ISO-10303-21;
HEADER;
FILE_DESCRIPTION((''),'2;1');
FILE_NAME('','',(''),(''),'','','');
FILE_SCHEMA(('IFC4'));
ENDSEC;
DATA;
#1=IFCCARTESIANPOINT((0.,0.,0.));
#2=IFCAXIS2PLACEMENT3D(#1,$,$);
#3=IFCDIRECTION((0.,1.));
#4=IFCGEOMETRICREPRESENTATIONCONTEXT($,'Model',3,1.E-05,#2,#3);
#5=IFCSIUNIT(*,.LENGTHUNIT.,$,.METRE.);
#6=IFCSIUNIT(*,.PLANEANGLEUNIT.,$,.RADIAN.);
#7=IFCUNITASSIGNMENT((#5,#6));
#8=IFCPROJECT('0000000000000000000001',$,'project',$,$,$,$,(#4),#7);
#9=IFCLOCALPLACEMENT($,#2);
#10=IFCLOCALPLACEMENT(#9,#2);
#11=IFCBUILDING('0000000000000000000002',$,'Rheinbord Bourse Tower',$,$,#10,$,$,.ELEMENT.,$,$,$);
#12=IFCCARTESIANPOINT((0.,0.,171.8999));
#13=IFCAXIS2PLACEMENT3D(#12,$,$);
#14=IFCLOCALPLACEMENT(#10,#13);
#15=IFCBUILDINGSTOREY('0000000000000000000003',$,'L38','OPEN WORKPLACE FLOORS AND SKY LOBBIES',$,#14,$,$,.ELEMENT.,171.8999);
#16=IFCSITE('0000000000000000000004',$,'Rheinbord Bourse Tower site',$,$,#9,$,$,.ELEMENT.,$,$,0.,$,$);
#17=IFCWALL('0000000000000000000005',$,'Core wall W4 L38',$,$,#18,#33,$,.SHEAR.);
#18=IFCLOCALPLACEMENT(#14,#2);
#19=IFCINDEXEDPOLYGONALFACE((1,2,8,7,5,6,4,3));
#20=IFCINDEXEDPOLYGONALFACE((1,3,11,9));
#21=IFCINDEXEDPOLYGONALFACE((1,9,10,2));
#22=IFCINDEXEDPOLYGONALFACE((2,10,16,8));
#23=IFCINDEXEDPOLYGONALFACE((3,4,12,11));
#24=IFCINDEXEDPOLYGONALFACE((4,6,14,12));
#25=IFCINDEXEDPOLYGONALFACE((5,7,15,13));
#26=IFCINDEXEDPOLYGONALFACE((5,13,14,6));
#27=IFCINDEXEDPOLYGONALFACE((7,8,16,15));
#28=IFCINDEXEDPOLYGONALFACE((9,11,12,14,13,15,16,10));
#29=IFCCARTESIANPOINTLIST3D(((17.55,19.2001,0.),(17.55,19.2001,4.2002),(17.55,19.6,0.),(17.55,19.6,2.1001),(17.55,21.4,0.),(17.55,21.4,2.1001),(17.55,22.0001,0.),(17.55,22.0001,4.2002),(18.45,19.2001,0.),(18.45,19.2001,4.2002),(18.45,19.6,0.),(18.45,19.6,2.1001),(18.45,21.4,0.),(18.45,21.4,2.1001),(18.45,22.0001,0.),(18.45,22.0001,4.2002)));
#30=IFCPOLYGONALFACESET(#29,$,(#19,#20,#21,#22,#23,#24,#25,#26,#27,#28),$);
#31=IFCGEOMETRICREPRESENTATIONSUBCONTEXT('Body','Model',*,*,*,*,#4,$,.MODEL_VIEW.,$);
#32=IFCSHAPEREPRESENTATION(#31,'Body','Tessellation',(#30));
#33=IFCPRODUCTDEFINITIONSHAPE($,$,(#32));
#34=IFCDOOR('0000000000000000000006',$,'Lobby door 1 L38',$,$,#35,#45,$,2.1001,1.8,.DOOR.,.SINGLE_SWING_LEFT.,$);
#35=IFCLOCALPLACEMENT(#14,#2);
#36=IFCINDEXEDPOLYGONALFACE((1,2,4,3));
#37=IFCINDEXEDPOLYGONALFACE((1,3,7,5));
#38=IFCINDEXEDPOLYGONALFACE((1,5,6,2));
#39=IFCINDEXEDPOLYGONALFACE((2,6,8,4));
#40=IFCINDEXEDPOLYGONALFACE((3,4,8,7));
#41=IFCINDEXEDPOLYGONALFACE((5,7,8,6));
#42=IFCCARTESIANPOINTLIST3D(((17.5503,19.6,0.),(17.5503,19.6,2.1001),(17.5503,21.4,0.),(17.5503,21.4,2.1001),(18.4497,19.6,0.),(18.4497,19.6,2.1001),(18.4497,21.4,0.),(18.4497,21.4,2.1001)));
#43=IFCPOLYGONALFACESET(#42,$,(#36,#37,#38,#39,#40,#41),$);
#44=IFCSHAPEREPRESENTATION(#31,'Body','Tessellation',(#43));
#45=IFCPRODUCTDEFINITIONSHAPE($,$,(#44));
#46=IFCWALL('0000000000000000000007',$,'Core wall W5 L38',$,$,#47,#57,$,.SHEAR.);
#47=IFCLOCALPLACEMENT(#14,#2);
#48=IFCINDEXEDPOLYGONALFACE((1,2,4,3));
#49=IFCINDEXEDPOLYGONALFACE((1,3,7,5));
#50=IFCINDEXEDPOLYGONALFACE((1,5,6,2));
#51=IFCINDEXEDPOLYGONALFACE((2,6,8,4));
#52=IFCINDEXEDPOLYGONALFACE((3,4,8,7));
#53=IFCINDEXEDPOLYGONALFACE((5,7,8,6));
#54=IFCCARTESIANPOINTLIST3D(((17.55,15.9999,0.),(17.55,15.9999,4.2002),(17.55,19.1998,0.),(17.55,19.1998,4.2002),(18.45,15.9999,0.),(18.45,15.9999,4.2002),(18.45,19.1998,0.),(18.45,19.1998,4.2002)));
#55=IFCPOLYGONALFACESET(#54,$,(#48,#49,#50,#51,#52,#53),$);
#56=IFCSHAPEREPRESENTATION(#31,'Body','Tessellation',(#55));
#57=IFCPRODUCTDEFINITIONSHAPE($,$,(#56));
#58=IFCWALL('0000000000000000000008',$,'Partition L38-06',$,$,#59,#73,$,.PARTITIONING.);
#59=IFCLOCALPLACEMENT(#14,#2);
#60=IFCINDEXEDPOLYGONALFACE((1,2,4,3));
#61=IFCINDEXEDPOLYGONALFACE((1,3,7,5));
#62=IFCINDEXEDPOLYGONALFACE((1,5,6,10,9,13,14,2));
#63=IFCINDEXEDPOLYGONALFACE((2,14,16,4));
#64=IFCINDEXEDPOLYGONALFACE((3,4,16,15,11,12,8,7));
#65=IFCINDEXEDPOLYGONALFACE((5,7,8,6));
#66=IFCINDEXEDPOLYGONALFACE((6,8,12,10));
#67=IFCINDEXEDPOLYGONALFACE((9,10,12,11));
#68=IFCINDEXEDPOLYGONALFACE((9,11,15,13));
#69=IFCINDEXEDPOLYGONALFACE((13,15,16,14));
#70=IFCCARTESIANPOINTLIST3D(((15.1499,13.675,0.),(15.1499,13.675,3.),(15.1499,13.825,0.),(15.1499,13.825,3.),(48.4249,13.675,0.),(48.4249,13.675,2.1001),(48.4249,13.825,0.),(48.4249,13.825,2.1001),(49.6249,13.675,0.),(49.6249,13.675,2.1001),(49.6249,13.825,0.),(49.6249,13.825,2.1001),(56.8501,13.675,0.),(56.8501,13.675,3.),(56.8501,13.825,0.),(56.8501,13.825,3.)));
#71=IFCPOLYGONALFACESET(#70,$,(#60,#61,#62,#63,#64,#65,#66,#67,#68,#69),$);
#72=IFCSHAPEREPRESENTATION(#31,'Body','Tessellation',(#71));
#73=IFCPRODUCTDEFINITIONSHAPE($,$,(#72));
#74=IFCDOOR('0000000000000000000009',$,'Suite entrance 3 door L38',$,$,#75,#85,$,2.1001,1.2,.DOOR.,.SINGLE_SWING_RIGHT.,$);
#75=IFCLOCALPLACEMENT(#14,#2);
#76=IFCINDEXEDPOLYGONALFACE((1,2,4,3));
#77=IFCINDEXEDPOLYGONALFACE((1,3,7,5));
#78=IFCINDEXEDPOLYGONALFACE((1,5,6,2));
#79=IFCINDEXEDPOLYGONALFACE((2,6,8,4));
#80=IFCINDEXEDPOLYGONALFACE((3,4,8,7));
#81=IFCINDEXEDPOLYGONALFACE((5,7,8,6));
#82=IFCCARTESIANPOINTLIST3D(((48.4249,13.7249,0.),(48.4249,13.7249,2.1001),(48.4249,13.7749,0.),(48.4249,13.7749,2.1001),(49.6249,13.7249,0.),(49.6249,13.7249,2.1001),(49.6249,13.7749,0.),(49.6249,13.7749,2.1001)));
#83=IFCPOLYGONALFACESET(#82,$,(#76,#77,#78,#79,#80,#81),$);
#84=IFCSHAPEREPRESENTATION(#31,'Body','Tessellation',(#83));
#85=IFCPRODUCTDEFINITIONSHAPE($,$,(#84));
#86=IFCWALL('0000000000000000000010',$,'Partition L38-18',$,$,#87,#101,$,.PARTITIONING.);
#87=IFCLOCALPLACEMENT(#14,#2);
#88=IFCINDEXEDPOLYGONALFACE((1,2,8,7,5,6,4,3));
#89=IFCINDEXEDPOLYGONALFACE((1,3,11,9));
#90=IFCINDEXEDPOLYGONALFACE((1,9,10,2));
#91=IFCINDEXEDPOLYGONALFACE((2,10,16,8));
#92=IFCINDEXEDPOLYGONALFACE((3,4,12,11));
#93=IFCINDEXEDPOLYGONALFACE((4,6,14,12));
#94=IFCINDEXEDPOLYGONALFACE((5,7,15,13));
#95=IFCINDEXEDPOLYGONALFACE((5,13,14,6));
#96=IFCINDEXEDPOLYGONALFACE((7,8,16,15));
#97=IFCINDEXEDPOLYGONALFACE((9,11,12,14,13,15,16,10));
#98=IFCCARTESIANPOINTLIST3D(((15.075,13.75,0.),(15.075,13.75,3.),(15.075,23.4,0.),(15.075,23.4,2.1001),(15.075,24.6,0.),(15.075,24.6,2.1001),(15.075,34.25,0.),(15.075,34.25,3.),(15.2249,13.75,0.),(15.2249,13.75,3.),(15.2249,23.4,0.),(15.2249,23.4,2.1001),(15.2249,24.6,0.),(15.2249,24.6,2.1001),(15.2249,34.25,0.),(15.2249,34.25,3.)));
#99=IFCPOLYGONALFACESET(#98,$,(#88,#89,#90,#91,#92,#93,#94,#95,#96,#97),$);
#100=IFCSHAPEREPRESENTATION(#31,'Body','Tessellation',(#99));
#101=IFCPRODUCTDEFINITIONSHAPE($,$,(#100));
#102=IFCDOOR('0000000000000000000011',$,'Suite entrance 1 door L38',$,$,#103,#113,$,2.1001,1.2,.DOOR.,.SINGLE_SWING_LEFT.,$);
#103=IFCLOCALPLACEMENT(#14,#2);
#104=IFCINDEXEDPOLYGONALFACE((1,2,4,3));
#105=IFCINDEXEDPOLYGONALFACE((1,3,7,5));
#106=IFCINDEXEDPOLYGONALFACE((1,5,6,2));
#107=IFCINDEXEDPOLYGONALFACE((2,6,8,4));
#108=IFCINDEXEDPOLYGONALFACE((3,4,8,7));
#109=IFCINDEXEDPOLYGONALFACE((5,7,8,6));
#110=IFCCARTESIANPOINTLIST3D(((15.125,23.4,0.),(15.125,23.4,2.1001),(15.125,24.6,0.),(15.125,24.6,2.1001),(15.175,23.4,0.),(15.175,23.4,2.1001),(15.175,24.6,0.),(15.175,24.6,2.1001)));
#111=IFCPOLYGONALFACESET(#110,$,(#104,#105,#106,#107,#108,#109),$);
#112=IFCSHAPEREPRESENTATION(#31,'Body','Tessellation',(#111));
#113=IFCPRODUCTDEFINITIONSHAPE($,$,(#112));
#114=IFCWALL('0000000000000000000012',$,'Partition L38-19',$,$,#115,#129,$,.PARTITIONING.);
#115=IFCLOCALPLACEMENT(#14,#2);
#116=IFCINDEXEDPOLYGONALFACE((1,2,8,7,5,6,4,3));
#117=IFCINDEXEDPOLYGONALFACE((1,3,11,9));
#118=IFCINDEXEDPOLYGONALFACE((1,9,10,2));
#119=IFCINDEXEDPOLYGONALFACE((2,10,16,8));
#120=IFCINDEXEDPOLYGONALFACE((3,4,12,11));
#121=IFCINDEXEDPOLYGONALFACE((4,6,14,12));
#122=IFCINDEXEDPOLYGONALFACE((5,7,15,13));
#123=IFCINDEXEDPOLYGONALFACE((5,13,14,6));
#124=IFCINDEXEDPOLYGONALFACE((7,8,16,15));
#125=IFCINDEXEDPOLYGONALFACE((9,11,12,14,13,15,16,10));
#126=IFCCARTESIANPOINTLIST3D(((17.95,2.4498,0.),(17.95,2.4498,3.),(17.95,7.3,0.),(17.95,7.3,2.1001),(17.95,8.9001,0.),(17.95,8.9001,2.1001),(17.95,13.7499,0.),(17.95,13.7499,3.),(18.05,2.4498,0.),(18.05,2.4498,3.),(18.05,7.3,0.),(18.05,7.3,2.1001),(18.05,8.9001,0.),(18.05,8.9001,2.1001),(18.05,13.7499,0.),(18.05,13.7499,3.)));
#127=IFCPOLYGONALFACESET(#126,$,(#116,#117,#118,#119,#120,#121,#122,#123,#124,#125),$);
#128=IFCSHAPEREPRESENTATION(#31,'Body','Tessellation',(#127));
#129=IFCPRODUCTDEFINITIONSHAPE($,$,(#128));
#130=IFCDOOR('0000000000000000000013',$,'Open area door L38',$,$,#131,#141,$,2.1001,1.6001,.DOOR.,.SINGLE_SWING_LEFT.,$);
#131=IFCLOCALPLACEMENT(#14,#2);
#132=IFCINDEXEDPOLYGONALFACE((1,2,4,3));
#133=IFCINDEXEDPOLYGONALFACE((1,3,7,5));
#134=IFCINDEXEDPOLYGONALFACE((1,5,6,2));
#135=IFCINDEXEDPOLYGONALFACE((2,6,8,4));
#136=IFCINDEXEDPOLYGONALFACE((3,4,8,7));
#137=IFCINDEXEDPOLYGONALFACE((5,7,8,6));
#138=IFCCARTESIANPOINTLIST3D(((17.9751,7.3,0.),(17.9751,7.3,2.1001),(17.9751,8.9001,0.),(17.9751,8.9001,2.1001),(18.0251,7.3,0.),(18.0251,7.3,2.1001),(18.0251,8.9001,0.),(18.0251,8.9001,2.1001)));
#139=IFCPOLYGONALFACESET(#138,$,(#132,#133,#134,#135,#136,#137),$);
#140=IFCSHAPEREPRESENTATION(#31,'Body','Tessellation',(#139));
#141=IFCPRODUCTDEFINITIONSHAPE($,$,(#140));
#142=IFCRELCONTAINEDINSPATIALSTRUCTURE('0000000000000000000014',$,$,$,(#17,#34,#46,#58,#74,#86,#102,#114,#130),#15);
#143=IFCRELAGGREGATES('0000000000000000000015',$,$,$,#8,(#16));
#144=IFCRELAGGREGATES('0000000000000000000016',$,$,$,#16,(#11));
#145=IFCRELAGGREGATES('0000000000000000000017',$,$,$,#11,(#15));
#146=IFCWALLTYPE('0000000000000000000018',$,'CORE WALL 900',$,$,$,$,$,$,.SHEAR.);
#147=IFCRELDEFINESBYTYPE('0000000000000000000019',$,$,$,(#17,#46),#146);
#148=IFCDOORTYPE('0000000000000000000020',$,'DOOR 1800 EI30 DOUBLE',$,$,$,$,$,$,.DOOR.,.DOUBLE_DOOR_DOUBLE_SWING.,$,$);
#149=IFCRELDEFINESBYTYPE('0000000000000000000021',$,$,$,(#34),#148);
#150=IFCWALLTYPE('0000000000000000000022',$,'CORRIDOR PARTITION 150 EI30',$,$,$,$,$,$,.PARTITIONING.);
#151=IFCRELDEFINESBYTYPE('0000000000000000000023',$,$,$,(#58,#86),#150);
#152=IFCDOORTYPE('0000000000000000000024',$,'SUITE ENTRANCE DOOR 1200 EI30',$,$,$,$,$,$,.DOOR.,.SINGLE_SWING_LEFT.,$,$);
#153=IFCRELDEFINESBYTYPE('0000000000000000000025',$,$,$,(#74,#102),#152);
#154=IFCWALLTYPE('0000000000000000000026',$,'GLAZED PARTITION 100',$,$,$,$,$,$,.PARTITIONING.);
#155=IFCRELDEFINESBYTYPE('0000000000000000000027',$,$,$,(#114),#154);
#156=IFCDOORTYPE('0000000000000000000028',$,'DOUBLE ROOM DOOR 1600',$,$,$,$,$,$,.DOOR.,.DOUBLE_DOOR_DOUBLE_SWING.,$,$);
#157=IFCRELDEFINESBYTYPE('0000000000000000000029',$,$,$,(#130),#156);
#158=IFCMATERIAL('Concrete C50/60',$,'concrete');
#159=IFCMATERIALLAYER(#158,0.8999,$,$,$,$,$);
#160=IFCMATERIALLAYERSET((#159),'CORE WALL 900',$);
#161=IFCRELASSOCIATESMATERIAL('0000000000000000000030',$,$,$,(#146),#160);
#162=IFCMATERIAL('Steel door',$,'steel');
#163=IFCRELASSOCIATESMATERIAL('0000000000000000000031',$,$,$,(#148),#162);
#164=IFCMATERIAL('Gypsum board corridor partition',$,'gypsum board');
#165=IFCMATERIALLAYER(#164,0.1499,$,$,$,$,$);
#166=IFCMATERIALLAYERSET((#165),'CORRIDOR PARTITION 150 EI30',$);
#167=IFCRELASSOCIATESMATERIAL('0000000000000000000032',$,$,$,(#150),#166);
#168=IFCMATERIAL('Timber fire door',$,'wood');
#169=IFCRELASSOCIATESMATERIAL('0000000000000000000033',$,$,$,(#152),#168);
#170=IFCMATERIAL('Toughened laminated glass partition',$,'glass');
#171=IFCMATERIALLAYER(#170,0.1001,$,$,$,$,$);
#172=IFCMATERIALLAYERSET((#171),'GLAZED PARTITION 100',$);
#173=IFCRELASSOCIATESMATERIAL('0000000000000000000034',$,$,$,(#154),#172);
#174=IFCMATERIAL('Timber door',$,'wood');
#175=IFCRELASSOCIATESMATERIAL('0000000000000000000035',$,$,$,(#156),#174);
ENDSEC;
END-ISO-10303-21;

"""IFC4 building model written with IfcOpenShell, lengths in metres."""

from ifc_helpers import new_model, si_unit, direction, frame, frame_2d, origin, place, context, subcontext, project, spatial, rectangle, extrude, material, layer, layer_set, type_object, element, fill, save


model = new_model("IFC4")

# Units and contexts
model_context = context("Model", 3, precision=1e-05, world=origin(), true_north=direction((0.0, 1.0)))
body_context = subcontext(model_context, "Body", "Model", "MODEL_VIEW")
ifc_project = project(units=[si_unit("LENGTHUNIT", "METRE"), si_unit("PLANEANGLEUNIT", "RADIAN")], contexts=[model_context])

# Site, building, storey
site_placement = place(None, origin())
site = spatial("IfcSite", under=ifc_project, at=site_placement, Name="Rheinbord Bourse Tower site", CompositionType="ELEMENT", RefElevation=0.0)
building_placement = place(site_placement, origin())
building = spatial("IfcBuilding", under=site, at=building_placement, Name="Rheinbord Bourse Tower", CompositionType="ELEMENT")
storey_placement = place(building_placement, frame((0.0, 0.0, 171.8999)))
storey = spatial("IfcBuildingStorey", under=building, at=storey_placement, Name="L38", Description="OPEN WORKPLACE FLOORS AND SKY LOBBIES", CompositionType="ELEMENT", Elevation=171.8999)

# Shared definitions
ifc_material_1 = material(Name="Concrete C50/60", Category="concrete")
ifc_layer_1 = layer(ifc_material_1, 0.8999)
ifc_layer_set_1 = layer_set([ifc_layer_1], Name="CORE WALL 900")
wall_type_1 = type_object("IfcWallType", Name="CORE WALL 900", PredefinedType="SHEAR", material=ifc_layer_set_1)

# Wall, opening, door
wall_1_placement = place(storey_placement, frame((18.0, 22.0, 0.0), z_axis=(0.0, 0.0, 1.0), x_axis=(0.0, -1.0, 0.0)))
wall_1 = element("IfcWall", 1, at=wall_1_placement, inside=storey, type_object=wall_type_1, Name="Core wall W4 L38", PredefinedType="SHEAR", context=body_context, shape_type="SweptSolid", body=[
    extrude(rectangle(XDim=2.8, YDim=0.8999, at=frame_2d((1.3999, 0.0))), origin(), (0.0, 0.0, 1.0), 4.2002),
])
opening_1_placement = place(wall_1_placement, frame((0.6001, 0.0, 0.0)))
opening_1 = element("IfcOpeningElement", 2, at=opening_1_placement, cuts=wall_1, PredefinedType="OPENING", context=body_context, shape_type="SweptSolid", body=[
    extrude(rectangle(XDim=1.8, YDim=2.1001, at=frame_2d((0.8999, 1.05))), frame((0.0, 0.46, 0.0), z_axis=(0.0, -1.0, 0.0), x_axis=(1.0, 0.0, 0.0)), (0.0, 0.0, 1.0), 0.9199),
])
ifc_material_2 = material(Name="Steel door", Category="steel")
door_type_1 = type_object("IfcDoorType", Name="DOOR 1800 EI30 DOUBLE", OperationType="DOUBLE_DOOR_DOUBLE_SWING", PredefinedType="DOOR", material=ifc_material_2)
door_1_placement = place(opening_1_placement, origin())
door_1 = element("IfcDoor", 3, at=door_1_placement, inside=storey, type_object=door_type_1, Name="Lobby door 1 L38", OperationType="SINGLE_SWING_LEFT", OverallHeight=2.1001, OverallWidth=1.8, PredefinedType="DOOR", context=body_context, shape_type="SweptSolid", body=[
    extrude(rectangle(XDim=1.8, YDim=2.1001, at=frame_2d((0.8999, 1.05))), frame((0.0, 0.4497, 0.0), z_axis=(0.0, -1.0, 0.0), x_axis=(1.0, 0.0, 0.0)), (0.0, 0.0, 1.0), 0.8994),
])
fill(opening_1, door_1)

# Wall
wall_2_placement = place(storey_placement, frame((18.0, 19.2, 0.0), z_axis=(0.0, 0.0, 1.0), x_axis=(0.0, -1.0, 0.0)))
element("IfcWall", 4, at=wall_2_placement, inside=storey, type_object=wall_type_1, Name="Core wall W5 L38", PredefinedType="SHEAR", context=body_context, shape_type="SweptSolid", body=[
    extrude(rectangle(XDim=3.2, YDim=0.8999, at=frame_2d((1.6001, 0.0))), origin(), (0.0, 0.0, 1.0), 4.2002),
])

# Walls, openings, doors
ifc_material_3 = material(Name="Gypsum board corridor partition", Category="gypsum board")
ifc_layer_2 = layer(ifc_material_3, 0.1499)
ifc_layer_set_2 = layer_set([ifc_layer_2], Name="CORRIDOR PARTITION 150 EI30")
wall_type_2 = type_object("IfcWallType", Name="CORRIDOR PARTITION 150 EI30", PredefinedType="PARTITIONING", material=ifc_layer_set_2)
wall_3_placement = place(storey_placement, frame((15.1499, 13.75, 0.0), z_axis=(0.0, 0.0, 1.0), x_axis=(1.0, 0.0, 0.0)))
wall_3 = element("IfcWall", 5, at=wall_3_placement, inside=storey, type_object=wall_type_2, Name="Partition L38-06", PredefinedType="PARTITIONING", context=body_context, shape_type="SweptSolid", body=[
    extrude(rectangle(XDim=41.7002, YDim=0.1499, at=frame_2d((20.8501, 0.0))), origin(), (0.0, 0.0, 1.0), 3.0),
])
opening_2_placement = place(wall_3_placement, frame((33.2749, 0.0, 0.0)))
opening_2 = element("IfcOpeningElement", 6, at=opening_2_placement, cuts=wall_3, PredefinedType="OPENING", context=body_context, shape_type="SweptSolid", body=[
    extrude(rectangle(XDim=1.2, YDim=2.1001, at=frame_2d((0.6001, 1.05))), frame((0.0, 0.085, 0.0), z_axis=(0.0, -1.0, 0.0), x_axis=(1.0, 0.0, 0.0)), (0.0, 0.0, 1.0), 0.1699),
])
ifc_material_4 = material(Name="Timber fire door", Category="wood")
door_type_2 = type_object("IfcDoorType", Name="SUITE ENTRANCE DOOR 1200 EI30", OperationType="SINGLE_SWING_LEFT", PredefinedType="DOOR", material=ifc_material_4)
door_2_placement = place(opening_2_placement, origin())
door_2 = element("IfcDoor", 7, at=door_2_placement, inside=storey, type_object=door_type_2, Name="Suite entrance 3 door L38", OperationType="SINGLE_SWING_RIGHT", OverallHeight=2.1001, OverallWidth=1.2, PredefinedType="DOOR", context=body_context, shape_type="SweptSolid", body=[
    extrude(rectangle(XDim=1.2, YDim=2.1001, at=frame_2d((0.6001, 1.05))), frame((0.0, 0.0249, 0.0), z_axis=(0.0, -1.0, 0.0), x_axis=(1.0, 0.0, 0.0)), (0.0, 0.0, 1.0), 0.05),
])
fill(opening_2, door_2)
wall_4_placement = place(storey_placement, frame((15.1499, 13.75, 0.0), z_axis=(0.0, 0.0, 1.0), x_axis=(0.0, 1.0, 0.0)))
wall_4 = element("IfcWall", 8, at=wall_4_placement, inside=storey, type_object=wall_type_2, Name="Partition L38-18", PredefinedType="PARTITIONING", context=body_context, shape_type="SweptSolid", body=[
    extrude(rectangle(XDim=20.5, YDim=0.1499, at=frame_2d((10.25, 0.0))), origin(), (0.0, 0.0, 1.0), 3.0),
])
opening_3_placement = place(wall_4_placement, frame((9.6499, 0.0, 0.0)))
opening_3 = element("IfcOpeningElement", 9, at=opening_3_placement, cuts=wall_4, PredefinedType="OPENING", context=body_context, shape_type="SweptSolid", body=[
    extrude(rectangle(XDim=1.2, YDim=2.1001, at=frame_2d((0.6001, 1.05))), frame((0.0, 0.085, 0.0), z_axis=(0.0, -1.0, 0.0), x_axis=(1.0, 0.0, 0.0)), (0.0, 0.0, 1.0), 0.1699),
])
door_3_placement = place(opening_3_placement, origin())
door_3 = element("IfcDoor", 10, at=door_3_placement, inside=storey, type_object=door_type_2, Name="Suite entrance 1 door L38", OperationType="SINGLE_SWING_LEFT", OverallHeight=2.1001, OverallWidth=1.2, PredefinedType="DOOR", context=body_context, shape_type="SweptSolid", body=[
    extrude(rectangle(XDim=1.2, YDim=2.1001, at=frame_2d((0.6001, 1.05))), frame((0.0, 0.0249, 0.0), z_axis=(0.0, -1.0, 0.0), x_axis=(1.0, 0.0, 0.0)), (0.0, 0.0, 1.0), 0.05),
])
fill(opening_3, door_3)
ifc_material_5 = material(Name="Toughened laminated glass partition", Category="glass")
ifc_layer_3 = layer(ifc_material_5, 0.1001)
ifc_layer_set_3 = layer_set([ifc_layer_3], Name="GLAZED PARTITION 100")
wall_type_3 = type_object("IfcWallType", Name="GLAZED PARTITION 100", PredefinedType="PARTITIONING", material=ifc_layer_set_3)
wall_5_placement = place(storey_placement, frame((18.0, 2.45, 0.0), z_axis=(0.0, 0.0, 1.0), x_axis=(0.0, 1.0, 0.0)))
wall_5 = element("IfcWall", 11, at=wall_5_placement, inside=storey, type_object=wall_type_3, Name="Partition L38-19", PredefinedType="PARTITIONING", context=body_context, shape_type="SweptSolid", body=[
    extrude(rectangle(XDim=11.3, YDim=0.1001, at=frame_2d((5.6499, 0.0))), origin(), (0.0, 0.0, 1.0), 3.0),
])
opening_4_placement = place(wall_5_placement, frame((4.8501, 0.0, 0.0)))
opening_4 = element("IfcOpeningElement", 12, at=opening_4_placement, cuts=wall_5, PredefinedType="OPENING", context=body_context, shape_type="SweptSolid", body=[
    extrude(rectangle(XDim=1.6001, YDim=2.1001, at=frame_2d((0.8, 1.05))), frame((0.0, 0.0601, 0.0), z_axis=(0.0, -1.0, 0.0), x_axis=(1.0, 0.0, 0.0)), (0.0, 0.0, 1.0), 0.1201),
])
ifc_material_6 = material(Name="Timber door", Category="wood")
door_type_3 = type_object("IfcDoorType", Name="DOUBLE ROOM DOOR 1600", OperationType="DOUBLE_DOOR_DOUBLE_SWING", PredefinedType="DOOR", material=ifc_material_6)
door_4_placement = place(opening_4_placement, origin())
door_4 = element("IfcDoor", 13, at=door_4_placement, inside=storey, type_object=door_type_3, Name="Open area door L38", OperationType="SINGLE_SWING_LEFT", OverallHeight=2.1001, OverallWidth=1.6001, PredefinedType="DOOR", context=body_context, shape_type="SweptSolid", body=[
    extrude(rectangle(XDim=1.6001, YDim=2.1001, at=frame_2d((0.8, 1.05))), frame((0.0, 0.0249, 0.0), z_axis=(0.0, -1.0, 0.0), x_axis=(1.0, 0.0, 0.0)), (0.0, 0.0, 1.0), 0.05),
])
fill(opening_4, door_4)

save(model, "model.ifc")
